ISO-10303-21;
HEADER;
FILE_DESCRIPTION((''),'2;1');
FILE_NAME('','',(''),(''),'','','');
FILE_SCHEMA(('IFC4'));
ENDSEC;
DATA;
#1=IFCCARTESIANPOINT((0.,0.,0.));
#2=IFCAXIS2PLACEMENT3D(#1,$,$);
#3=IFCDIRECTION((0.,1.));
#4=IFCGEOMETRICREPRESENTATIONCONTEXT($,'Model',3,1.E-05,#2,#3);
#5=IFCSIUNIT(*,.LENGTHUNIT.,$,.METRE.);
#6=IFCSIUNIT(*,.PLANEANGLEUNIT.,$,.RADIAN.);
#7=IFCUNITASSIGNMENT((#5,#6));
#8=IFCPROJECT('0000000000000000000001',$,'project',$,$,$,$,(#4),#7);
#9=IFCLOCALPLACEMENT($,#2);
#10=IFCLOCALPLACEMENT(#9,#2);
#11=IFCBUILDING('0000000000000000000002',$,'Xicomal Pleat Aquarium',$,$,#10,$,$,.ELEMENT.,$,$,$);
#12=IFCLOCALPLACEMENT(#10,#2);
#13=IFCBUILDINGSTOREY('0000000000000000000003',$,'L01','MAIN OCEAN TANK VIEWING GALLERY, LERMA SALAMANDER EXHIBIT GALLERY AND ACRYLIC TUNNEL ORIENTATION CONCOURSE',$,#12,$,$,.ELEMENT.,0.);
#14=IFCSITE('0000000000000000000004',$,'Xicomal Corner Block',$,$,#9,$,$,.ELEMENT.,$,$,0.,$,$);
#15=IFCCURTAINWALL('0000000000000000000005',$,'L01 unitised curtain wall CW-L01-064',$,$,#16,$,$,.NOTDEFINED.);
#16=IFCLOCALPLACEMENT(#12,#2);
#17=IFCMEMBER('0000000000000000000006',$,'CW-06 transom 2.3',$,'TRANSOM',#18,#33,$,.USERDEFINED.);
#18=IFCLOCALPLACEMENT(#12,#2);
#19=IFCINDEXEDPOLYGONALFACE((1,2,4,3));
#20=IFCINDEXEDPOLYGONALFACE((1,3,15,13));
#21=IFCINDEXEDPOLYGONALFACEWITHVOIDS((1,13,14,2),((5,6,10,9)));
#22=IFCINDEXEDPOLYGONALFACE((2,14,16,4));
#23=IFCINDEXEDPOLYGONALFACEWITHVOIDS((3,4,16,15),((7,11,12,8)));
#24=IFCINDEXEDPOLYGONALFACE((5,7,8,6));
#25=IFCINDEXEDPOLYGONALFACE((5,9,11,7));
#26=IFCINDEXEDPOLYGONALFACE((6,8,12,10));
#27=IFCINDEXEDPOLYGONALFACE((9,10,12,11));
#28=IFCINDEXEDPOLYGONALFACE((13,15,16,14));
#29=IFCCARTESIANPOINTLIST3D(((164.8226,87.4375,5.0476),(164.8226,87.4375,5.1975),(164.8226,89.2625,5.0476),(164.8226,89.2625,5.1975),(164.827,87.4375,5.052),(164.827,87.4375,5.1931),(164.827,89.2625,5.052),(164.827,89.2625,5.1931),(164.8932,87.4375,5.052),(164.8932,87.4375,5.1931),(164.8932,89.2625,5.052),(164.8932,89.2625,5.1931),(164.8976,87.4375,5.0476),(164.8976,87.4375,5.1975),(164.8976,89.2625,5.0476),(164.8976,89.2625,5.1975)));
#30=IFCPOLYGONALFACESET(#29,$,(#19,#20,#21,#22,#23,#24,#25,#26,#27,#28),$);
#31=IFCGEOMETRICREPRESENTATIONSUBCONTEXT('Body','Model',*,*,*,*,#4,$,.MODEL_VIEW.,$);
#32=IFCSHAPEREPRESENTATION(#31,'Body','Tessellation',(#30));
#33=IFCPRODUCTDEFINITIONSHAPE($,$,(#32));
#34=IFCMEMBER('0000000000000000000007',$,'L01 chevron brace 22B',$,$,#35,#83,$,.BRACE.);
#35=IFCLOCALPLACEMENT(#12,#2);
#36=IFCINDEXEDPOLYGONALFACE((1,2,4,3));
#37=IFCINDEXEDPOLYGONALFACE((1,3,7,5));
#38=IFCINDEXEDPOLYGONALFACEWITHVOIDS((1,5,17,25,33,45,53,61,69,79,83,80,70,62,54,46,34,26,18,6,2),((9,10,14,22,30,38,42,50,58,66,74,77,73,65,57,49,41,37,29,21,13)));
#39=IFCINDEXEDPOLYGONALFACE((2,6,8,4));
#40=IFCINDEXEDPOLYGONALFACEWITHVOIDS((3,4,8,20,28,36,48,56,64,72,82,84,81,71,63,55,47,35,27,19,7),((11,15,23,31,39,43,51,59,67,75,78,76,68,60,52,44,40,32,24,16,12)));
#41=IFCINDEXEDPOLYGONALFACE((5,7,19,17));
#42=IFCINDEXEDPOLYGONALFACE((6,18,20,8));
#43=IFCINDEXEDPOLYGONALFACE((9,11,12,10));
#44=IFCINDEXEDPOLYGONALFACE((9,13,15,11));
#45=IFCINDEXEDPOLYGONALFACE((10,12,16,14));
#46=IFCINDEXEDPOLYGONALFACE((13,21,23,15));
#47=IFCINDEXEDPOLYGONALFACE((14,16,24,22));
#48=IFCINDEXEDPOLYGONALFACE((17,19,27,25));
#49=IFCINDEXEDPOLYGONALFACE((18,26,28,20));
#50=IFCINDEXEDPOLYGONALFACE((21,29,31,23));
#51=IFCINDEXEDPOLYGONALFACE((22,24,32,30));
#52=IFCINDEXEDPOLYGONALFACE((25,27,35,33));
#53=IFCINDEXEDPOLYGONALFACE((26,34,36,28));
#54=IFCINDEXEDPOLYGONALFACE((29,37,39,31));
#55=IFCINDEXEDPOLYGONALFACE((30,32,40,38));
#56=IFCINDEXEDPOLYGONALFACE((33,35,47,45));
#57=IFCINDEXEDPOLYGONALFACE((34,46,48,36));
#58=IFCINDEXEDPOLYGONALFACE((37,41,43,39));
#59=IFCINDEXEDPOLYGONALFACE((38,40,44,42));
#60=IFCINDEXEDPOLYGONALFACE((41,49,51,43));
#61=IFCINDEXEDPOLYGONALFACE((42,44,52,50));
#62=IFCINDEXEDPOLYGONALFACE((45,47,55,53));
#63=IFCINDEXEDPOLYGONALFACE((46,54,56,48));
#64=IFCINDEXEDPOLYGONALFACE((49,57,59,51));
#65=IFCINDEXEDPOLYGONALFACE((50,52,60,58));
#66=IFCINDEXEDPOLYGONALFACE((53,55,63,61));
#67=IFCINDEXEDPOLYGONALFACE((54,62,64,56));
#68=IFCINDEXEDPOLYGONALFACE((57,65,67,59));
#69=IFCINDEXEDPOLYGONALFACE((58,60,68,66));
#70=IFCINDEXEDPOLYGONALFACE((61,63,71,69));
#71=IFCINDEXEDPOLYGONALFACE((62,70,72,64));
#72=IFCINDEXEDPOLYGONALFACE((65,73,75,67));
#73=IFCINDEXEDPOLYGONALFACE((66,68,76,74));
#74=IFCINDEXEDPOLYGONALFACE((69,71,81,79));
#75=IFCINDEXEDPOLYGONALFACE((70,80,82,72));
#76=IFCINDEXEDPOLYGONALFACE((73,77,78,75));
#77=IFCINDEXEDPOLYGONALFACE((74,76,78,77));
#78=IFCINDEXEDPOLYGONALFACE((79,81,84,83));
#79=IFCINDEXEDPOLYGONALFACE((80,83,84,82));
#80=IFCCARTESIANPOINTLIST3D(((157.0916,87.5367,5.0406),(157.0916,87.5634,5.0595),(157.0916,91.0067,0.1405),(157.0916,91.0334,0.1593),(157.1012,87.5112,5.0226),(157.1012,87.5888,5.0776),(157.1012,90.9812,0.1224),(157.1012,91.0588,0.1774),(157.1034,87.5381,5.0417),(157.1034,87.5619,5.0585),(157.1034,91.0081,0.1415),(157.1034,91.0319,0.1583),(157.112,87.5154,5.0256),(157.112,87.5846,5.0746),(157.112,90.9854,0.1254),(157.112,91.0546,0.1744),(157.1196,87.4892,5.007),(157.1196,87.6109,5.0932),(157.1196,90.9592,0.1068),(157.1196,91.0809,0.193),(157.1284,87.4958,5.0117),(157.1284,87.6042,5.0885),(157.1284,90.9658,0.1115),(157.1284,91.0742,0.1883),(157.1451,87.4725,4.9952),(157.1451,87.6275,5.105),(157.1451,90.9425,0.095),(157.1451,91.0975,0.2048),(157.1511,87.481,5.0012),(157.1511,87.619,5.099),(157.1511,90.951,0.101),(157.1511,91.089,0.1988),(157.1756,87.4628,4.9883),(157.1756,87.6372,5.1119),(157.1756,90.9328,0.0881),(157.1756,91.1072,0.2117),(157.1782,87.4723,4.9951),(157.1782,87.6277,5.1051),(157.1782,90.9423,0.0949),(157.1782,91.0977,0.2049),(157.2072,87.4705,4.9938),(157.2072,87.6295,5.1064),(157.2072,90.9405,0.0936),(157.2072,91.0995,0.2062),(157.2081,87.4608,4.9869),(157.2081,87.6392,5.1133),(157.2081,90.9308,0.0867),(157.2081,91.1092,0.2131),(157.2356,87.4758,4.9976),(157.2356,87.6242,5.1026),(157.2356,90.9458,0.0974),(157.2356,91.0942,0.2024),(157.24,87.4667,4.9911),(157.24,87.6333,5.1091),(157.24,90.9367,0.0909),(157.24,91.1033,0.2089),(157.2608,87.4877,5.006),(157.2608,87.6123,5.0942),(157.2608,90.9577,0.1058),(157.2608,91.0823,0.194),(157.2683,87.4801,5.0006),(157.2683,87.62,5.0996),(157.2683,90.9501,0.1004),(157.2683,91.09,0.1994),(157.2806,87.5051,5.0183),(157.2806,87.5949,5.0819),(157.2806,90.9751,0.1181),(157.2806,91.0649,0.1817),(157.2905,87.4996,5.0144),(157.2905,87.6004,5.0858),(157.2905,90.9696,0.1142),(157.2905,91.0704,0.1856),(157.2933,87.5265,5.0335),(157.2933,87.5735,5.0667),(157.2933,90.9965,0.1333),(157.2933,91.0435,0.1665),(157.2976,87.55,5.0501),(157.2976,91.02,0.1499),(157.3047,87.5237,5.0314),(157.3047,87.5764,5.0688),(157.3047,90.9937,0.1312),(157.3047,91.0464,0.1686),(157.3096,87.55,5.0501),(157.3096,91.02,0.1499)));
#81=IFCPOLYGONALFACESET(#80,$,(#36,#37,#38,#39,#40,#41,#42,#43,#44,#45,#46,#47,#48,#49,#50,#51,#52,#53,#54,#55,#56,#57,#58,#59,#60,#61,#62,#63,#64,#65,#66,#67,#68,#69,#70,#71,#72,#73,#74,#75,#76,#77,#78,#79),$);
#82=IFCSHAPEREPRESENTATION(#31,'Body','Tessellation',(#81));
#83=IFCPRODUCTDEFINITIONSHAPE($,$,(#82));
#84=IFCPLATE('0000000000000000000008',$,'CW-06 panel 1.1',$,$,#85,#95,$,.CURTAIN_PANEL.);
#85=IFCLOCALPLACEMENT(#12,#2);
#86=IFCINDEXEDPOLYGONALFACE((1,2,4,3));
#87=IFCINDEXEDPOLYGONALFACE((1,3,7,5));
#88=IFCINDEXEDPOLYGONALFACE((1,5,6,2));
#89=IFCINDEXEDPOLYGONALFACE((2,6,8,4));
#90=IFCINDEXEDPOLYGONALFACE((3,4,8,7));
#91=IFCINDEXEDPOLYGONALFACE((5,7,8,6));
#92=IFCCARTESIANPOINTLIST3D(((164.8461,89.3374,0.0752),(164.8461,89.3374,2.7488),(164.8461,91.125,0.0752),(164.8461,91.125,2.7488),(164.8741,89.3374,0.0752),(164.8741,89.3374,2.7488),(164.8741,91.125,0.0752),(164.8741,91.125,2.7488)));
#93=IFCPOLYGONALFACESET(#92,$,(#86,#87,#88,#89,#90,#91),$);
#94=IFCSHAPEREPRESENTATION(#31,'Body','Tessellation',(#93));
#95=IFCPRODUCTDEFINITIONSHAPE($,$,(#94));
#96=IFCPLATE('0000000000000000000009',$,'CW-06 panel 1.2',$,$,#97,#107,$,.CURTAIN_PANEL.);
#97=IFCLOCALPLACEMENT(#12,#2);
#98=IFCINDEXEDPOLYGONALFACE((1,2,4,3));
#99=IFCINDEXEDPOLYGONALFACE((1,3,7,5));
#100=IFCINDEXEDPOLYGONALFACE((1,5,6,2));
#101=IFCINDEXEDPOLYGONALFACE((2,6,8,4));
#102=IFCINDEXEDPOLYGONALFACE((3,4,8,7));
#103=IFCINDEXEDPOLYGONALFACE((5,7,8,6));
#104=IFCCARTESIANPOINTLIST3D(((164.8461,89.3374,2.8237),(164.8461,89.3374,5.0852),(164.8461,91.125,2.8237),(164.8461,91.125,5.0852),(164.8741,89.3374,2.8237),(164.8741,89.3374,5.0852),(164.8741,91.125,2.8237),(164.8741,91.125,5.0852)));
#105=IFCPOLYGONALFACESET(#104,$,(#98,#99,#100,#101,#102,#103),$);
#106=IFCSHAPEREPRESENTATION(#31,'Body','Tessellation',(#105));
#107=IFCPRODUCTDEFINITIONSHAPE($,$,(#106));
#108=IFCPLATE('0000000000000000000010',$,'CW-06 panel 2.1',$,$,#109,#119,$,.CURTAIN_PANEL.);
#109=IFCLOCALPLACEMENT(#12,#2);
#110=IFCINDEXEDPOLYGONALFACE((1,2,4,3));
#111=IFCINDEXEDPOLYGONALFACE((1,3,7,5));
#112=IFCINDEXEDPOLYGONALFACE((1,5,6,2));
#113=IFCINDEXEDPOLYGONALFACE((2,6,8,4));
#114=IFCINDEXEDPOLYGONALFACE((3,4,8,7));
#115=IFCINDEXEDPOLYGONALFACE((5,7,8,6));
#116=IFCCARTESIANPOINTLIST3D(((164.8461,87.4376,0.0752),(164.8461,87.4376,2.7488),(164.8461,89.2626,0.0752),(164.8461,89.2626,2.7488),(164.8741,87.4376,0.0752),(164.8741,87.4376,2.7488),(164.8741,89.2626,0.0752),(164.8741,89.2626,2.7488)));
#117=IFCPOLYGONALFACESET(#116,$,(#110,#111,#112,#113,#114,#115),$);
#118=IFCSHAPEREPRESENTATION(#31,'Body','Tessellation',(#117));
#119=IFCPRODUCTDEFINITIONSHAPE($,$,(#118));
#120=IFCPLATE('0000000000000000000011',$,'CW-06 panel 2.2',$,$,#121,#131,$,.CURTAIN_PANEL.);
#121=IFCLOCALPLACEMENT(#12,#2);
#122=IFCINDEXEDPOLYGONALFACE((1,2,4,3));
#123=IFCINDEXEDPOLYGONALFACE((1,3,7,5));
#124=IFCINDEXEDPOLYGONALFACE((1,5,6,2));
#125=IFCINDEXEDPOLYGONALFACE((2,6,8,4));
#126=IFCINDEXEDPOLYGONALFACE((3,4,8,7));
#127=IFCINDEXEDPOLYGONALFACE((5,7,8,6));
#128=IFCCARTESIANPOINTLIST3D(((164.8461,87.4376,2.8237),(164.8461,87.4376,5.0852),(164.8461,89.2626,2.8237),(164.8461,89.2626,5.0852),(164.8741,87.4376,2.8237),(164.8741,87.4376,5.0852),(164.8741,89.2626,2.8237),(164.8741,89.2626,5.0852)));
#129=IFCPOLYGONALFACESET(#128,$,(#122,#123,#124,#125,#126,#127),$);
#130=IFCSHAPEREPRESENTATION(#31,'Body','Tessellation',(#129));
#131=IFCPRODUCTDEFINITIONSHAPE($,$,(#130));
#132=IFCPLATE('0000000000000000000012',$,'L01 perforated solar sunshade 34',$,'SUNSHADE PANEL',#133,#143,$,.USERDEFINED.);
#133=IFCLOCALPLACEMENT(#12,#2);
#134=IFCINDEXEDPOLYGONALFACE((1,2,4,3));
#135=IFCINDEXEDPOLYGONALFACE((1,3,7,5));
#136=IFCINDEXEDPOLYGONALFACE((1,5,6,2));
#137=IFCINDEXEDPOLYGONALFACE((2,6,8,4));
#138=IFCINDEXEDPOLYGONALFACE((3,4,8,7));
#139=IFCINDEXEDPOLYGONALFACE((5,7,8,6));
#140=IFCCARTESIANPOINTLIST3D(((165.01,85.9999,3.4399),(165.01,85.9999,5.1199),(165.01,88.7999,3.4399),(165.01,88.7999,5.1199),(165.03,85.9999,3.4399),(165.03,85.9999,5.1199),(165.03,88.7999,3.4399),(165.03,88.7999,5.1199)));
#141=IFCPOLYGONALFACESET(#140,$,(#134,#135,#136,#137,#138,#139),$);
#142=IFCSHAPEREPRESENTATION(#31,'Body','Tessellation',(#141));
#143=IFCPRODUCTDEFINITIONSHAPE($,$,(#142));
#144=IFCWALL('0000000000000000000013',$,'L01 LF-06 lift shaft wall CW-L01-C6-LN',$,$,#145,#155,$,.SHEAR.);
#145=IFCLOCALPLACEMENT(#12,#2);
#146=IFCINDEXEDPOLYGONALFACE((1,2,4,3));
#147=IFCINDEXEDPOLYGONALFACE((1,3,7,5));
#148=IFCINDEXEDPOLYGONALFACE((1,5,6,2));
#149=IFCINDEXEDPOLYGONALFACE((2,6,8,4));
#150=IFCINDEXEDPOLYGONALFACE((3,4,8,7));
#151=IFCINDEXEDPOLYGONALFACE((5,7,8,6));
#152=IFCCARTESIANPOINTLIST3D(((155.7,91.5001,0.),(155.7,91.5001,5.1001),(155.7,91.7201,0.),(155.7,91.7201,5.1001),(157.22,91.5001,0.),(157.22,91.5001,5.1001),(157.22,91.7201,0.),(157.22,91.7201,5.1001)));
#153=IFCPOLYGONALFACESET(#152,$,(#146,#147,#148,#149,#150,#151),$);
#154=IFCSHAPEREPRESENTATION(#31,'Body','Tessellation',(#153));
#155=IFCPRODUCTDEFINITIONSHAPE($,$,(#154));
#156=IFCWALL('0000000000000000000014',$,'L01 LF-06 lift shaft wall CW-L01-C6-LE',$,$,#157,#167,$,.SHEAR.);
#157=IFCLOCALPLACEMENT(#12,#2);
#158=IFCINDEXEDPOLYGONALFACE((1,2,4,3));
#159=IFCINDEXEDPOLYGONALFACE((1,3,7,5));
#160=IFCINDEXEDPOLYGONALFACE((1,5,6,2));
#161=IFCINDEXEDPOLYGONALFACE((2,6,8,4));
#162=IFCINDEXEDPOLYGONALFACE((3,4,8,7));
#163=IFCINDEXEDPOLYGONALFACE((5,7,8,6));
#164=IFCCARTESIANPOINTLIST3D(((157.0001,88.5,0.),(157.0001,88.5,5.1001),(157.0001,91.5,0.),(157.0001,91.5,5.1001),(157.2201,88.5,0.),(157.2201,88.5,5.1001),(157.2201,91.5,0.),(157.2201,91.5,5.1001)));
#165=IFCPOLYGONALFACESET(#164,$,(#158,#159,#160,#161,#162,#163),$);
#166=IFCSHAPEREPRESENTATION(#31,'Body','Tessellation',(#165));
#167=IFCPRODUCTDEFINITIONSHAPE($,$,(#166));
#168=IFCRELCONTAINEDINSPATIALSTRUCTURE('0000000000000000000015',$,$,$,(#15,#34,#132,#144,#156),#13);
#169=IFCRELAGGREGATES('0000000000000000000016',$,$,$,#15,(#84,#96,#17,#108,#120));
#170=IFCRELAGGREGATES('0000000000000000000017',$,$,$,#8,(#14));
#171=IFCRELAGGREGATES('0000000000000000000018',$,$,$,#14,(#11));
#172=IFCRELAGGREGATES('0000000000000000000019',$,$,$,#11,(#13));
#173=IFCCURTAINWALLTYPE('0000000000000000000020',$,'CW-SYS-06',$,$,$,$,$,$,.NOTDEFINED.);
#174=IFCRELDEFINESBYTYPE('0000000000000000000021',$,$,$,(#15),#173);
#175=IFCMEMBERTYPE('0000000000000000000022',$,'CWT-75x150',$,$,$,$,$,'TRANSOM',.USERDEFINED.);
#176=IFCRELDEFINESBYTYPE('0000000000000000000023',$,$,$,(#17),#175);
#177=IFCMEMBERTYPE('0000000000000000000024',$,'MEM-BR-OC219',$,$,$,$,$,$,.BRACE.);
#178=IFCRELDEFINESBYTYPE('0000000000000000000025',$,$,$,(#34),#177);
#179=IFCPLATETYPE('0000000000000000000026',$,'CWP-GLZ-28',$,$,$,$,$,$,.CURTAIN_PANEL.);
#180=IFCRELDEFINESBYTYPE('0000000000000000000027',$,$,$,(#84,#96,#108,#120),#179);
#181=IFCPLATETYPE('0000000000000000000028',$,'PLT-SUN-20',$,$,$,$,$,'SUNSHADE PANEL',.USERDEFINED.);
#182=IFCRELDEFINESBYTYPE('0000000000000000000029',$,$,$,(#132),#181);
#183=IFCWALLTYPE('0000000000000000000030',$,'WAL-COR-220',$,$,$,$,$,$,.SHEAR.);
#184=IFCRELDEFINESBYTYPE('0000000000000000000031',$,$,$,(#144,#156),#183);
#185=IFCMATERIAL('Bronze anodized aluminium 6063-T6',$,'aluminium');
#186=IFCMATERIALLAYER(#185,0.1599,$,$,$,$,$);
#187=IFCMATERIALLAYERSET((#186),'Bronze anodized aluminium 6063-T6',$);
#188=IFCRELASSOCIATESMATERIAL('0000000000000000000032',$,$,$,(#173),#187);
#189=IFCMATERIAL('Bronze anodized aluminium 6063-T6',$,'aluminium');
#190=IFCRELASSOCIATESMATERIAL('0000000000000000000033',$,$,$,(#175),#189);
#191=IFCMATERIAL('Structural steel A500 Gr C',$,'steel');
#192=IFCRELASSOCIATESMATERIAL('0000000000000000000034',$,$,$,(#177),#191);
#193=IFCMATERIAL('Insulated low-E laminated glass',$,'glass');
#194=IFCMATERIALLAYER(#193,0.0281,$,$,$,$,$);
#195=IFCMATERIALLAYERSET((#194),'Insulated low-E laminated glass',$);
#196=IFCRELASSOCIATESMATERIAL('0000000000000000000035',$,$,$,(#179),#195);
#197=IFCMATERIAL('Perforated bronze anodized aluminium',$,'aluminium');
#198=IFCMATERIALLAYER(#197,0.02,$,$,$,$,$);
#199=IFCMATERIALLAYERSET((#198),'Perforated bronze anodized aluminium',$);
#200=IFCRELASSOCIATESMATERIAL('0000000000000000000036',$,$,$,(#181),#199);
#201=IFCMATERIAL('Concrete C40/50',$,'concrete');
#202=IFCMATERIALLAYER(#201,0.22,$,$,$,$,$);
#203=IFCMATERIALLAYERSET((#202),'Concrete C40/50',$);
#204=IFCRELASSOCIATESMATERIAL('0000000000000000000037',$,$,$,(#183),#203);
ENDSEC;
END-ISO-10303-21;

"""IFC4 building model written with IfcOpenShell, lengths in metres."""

from ifc_helpers import new_model, si_unit, direction, frame, frame_2d, origin, origin_2d, place, context, subcontext, project, spatial, rectangle, hollow_rectangle, hollow_circle, extrude, material, layer, layer_set, material_profile, profile_set, type_object, element, aggregate, save


model = new_model("IFC4")

# Units and contexts
model_context = context("Model", 3, precision=1e-05, world=origin(), true_north=direction((0.0, 1.0)))
body_context = subcontext(model_context, "Body", "Model", "MODEL_VIEW")
ifc_project = project(units=[si_unit("LENGTHUNIT", "METRE"), si_unit("PLANEANGLEUNIT", "RADIAN")], contexts=[model_context])

# Site, building, storey
site_placement = place(None, origin())
site = spatial("IfcSite", under=ifc_project, at=site_placement, Name="Xicomal Corner Block", CompositionType="ELEMENT", RefElevation=0.0)
building_placement = place(site_placement, origin())
building = spatial("IfcBuilding", under=site, at=building_placement, Name="Xicomal Pleat Aquarium", CompositionType="ELEMENT")
storey_placement = place(building_placement, origin())
storey = spatial("IfcBuildingStorey", under=building, at=storey_placement, Name="L01", Description="MAIN OCEAN TANK VIEWING GALLERY, LERMA SALAMANDER EXHIBIT GALLERY AND ACRYLIC TUNNEL ORIENTATION CONCOURSE", CompositionType="ELEMENT", Elevation=0.0)

# Curtain wall, member
ifc_material_1 = material(Name="Bronze anodized aluminium 6063-T6", Category="aluminium")
ifc_layer_1 = layer(ifc_material_1, 0.1599)
ifc_layer_set_1 = layer_set([ifc_layer_1], Name="Bronze anodized aluminium 6063-T6")
curtain_wall_type = type_object("IfcCurtainWallType", Name="CW-SYS-06", PredefinedType="NOTDEFINED", material=ifc_layer_set_1)
curtain_wall_placement = place(storey_placement, origin())
curtain_wall = element("IfcCurtainWall", 1, at=curtain_wall_placement, inside=storey, type_object=curtain_wall_type, Name="L01 unitised curtain wall CW-L01-064", PredefinedType="NOTDEFINED")
ifc_material_2 = material(Name="Bronze anodized aluminium 6063-T6", Category="aluminium")
ifc_material_profile_1 = material_profile(ifc_material_2, hollow_rectangle(XDim=0.075, YDim=0.1499, WallThickness=0.0044, at=origin_2d()), Name="ALU TRAN 75x150")
ifc_profile_set_1 = profile_set([ifc_material_profile_1], Name="Bronze anodized aluminium 6063-T6")
member_type_1 = type_object("IfcMemberType", Name="CWT-75x150", ElementType="TRANSOM", PredefinedType="USERDEFINED", material=ifc_profile_set_1)
member_1_placement = place(storey_placement, frame((164.8601, 89.2625, 5.1226), z_axis=(0.0, -1.0, 0.0), x_axis=(1.0, 0.0, 0.0)))
member_1 = element("IfcMember", 2, at=member_1_placement, type_object=member_type_1, Name="CW-06 transom 2.3", ObjectType="TRANSOM", PredefinedType="USERDEFINED", context=body_context, shape_type="SweptSolid", body=[
    extrude(hollow_rectangle(XDim=0.075, YDim=0.1499, WallThickness=0.0044, at=origin_2d()), origin(), (0.0, 0.0, 1.0), 1.825),
])

# Member
ifc_material_3 = material(Name="Structural steel A500 Gr C", Category="steel")
ifc_material_profile_2 = material_profile(ifc_material_3, hollow_circle(Radius=0.1096, WallThickness=0.012, at=origin_2d()), Name="OC 219x12")
ifc_profile_set_2 = profile_set([ifc_material_profile_2], Name="Structural steel A500 Gr C")
member_type_2 = type_object("IfcMemberType", Name="MEM-BR-OC219", PredefinedType="BRACE", material=ifc_profile_set_2)
member_2_placement = place(storey_placement, frame((157.2, 91.02, 0.1499), z_axis=(0.0, -0.57791, 0.8161), x_axis=(1.0, 0.0, 0.0)))
element("IfcMember", 3, at=member_2_placement, inside=storey, type_object=member_type_2, Name="L01 chevron brace 22B", PredefinedType="BRACE", context=body_context, shape_type="SweptSolid", body=[
    extrude(hollow_circle(Radius=0.1096, WallThickness=0.012, at=origin_2d()), origin(), (0.0, 0.0, 1.0), 6.0044),
])

# Plates
ifc_material_4 = material(Name="Insulated low-E laminated glass", Category="glass")
ifc_layer_2 = layer(ifc_material_4, 0.0281)
ifc_layer_set_2 = layer_set([ifc_layer_2], Name="Insulated low-E laminated glass")
plate_type_1 = type_object("IfcPlateType", Name="CWP-GLZ-28", PredefinedType="CURTAIN_PANEL", material=ifc_layer_set_2)
plate_1_placement = place(storey_placement, frame((164.8601, 90.2312, 0.0752), z_axis=(0.0, 0.0, 1.0), x_axis=(0.0, -1.0, 0.0)))
plate_1 = element("IfcPlate", 4, at=plate_1_placement, type_object=plate_type_1, Name="CW-06 panel 1.1", PredefinedType="CURTAIN_PANEL", context=body_context, shape_type="SweptSolid", body=[
    extrude(rectangle(XDim=1.7876, YDim=0.0281, at=origin_2d()), origin(), (0.0, 0.0, 1.0), 2.6736),
])
plate_2_placement = place(storey_placement, frame((164.8601, 90.2312, 2.8237), z_axis=(0.0, 0.0, 1.0), x_axis=(0.0, -1.0, 0.0)))
plate_2 = element("IfcPlate", 5, at=plate_2_placement, type_object=plate_type_1, Name="CW-06 panel 1.2", PredefinedType="CURTAIN_PANEL", context=body_context, shape_type="SweptSolid", body=[
    extrude(rectangle(XDim=1.7876, YDim=0.0281, at=origin_2d()), origin(), (0.0, 0.0, 1.0), 2.2615),
])
plate_3_placement = place(storey_placement, frame((164.8601, 88.3501, 0.0752), z_axis=(0.0, 0.0, 1.0), x_axis=(0.0, -1.0, 0.0)))
plate_3 = element("IfcPlate", 6, at=plate_3_placement, type_object=plate_type_1, Name="CW-06 panel 2.1", PredefinedType="CURTAIN_PANEL", context=body_context, shape_type="SweptSolid", body=[
    extrude(rectangle(XDim=1.825, YDim=0.0281, at=origin_2d()), origin(), (0.0, 0.0, 1.0), 2.6736),
])
plate_4_placement = place(storey_placement, frame((164.8601, 88.3501, 2.8237), z_axis=(0.0, 0.0, 1.0), x_axis=(0.0, -1.0, 0.0)))
plate_4 = element("IfcPlate", 7, at=plate_4_placement, type_object=plate_type_1, Name="CW-06 panel 2.2", PredefinedType="CURTAIN_PANEL", context=body_context, shape_type="SweptSolid", body=[
    extrude(rectangle(XDim=1.825, YDim=0.0281, at=origin_2d()), origin(), (0.0, 0.0, 1.0), 2.2615),
])
aggregate(curtain_wall, [plate_1, plate_2, member_1, plate_3, plate_4])
ifc_material_5 = material(Name="Perforated bronze anodized aluminium", Category="aluminium")
ifc_layer_3 = layer(ifc_material_5, 0.02)
ifc_layer_set_3 = layer_set([ifc_layer_3], Name="Perforated bronze anodized aluminium")
plate_type_2 = type_object("IfcPlateType", Name="PLT-SUN-20", ElementType="SUNSHADE PANEL", PredefinedType="USERDEFINED", material=ifc_layer_set_3)
plate_5_placement = place(storey_placement, frame((165.02, 87.3999, 3.4399), z_axis=(0.0, 0.0, 1.0), x_axis=(0.0, -1.0, 0.0)))
element("IfcPlate", 8, at=plate_5_placement, inside=storey, type_object=plate_type_2, Name="L01 perforated solar sunshade 34", ObjectType="SUNSHADE PANEL", PredefinedType="USERDEFINED", context=body_context, shape_type="SweptSolid", body=[
    extrude(rectangle(XDim=2.8, YDim=0.02, at=origin_2d()), origin(), (0.0, 0.0, 1.0), 1.6799),
])

# Shared definitions
ifc_material_6 = material(Name="Concrete C40/50", Category="concrete")
ifc_layer_4 = layer(ifc_material_6, 0.22)
ifc_layer_set_4 = layer_set([ifc_layer_4], Name="Concrete C40/50")
wall_type_1 = type_object("IfcWallType", Name="WAL-COR-220", PredefinedType="SHEAR", material=ifc_layer_set_4)

# Walls
wall_1_placement = place(storey_placement, frame((155.7, 91.6101, 0.0), z_axis=(0.0, 0.0, 1.0), x_axis=(1.0, 0.0, 0.0)))
element("IfcWall", 9, at=wall_1_placement, inside=storey, type_object=wall_type_1, Name="L01 LF-06 lift shaft wall CW-L01-C6-LN", PredefinedType="SHEAR", context=body_context, shape_type="SweptSolid", body=[
    extrude(rectangle(XDim=1.52, YDim=0.22, at=frame_2d((0.76, 0.0))), origin(), (0.0, 0.0, 1.0), 5.1001),
])
wall_2_placement = place(storey_placement, frame((157.1101, 88.5, 0.0), z_axis=(0.0, 0.0, 1.0), x_axis=(0.0, 1.0, 0.0)))
element("IfcWall", 10, at=wall_2_placement, inside=storey, type_object=wall_type_1, Name="L01 LF-06 lift shaft wall CW-L01-C6-LE", PredefinedType="SHEAR", context=body_context, shape_type="SweptSolid", body=[
    extrude(rectangle(XDim=3.0, YDim=0.22, at=frame_2d((1.5, 0.0))), origin(), (0.0, 0.0, 1.0), 5.1001),
])

save(model, "model.ifc")
